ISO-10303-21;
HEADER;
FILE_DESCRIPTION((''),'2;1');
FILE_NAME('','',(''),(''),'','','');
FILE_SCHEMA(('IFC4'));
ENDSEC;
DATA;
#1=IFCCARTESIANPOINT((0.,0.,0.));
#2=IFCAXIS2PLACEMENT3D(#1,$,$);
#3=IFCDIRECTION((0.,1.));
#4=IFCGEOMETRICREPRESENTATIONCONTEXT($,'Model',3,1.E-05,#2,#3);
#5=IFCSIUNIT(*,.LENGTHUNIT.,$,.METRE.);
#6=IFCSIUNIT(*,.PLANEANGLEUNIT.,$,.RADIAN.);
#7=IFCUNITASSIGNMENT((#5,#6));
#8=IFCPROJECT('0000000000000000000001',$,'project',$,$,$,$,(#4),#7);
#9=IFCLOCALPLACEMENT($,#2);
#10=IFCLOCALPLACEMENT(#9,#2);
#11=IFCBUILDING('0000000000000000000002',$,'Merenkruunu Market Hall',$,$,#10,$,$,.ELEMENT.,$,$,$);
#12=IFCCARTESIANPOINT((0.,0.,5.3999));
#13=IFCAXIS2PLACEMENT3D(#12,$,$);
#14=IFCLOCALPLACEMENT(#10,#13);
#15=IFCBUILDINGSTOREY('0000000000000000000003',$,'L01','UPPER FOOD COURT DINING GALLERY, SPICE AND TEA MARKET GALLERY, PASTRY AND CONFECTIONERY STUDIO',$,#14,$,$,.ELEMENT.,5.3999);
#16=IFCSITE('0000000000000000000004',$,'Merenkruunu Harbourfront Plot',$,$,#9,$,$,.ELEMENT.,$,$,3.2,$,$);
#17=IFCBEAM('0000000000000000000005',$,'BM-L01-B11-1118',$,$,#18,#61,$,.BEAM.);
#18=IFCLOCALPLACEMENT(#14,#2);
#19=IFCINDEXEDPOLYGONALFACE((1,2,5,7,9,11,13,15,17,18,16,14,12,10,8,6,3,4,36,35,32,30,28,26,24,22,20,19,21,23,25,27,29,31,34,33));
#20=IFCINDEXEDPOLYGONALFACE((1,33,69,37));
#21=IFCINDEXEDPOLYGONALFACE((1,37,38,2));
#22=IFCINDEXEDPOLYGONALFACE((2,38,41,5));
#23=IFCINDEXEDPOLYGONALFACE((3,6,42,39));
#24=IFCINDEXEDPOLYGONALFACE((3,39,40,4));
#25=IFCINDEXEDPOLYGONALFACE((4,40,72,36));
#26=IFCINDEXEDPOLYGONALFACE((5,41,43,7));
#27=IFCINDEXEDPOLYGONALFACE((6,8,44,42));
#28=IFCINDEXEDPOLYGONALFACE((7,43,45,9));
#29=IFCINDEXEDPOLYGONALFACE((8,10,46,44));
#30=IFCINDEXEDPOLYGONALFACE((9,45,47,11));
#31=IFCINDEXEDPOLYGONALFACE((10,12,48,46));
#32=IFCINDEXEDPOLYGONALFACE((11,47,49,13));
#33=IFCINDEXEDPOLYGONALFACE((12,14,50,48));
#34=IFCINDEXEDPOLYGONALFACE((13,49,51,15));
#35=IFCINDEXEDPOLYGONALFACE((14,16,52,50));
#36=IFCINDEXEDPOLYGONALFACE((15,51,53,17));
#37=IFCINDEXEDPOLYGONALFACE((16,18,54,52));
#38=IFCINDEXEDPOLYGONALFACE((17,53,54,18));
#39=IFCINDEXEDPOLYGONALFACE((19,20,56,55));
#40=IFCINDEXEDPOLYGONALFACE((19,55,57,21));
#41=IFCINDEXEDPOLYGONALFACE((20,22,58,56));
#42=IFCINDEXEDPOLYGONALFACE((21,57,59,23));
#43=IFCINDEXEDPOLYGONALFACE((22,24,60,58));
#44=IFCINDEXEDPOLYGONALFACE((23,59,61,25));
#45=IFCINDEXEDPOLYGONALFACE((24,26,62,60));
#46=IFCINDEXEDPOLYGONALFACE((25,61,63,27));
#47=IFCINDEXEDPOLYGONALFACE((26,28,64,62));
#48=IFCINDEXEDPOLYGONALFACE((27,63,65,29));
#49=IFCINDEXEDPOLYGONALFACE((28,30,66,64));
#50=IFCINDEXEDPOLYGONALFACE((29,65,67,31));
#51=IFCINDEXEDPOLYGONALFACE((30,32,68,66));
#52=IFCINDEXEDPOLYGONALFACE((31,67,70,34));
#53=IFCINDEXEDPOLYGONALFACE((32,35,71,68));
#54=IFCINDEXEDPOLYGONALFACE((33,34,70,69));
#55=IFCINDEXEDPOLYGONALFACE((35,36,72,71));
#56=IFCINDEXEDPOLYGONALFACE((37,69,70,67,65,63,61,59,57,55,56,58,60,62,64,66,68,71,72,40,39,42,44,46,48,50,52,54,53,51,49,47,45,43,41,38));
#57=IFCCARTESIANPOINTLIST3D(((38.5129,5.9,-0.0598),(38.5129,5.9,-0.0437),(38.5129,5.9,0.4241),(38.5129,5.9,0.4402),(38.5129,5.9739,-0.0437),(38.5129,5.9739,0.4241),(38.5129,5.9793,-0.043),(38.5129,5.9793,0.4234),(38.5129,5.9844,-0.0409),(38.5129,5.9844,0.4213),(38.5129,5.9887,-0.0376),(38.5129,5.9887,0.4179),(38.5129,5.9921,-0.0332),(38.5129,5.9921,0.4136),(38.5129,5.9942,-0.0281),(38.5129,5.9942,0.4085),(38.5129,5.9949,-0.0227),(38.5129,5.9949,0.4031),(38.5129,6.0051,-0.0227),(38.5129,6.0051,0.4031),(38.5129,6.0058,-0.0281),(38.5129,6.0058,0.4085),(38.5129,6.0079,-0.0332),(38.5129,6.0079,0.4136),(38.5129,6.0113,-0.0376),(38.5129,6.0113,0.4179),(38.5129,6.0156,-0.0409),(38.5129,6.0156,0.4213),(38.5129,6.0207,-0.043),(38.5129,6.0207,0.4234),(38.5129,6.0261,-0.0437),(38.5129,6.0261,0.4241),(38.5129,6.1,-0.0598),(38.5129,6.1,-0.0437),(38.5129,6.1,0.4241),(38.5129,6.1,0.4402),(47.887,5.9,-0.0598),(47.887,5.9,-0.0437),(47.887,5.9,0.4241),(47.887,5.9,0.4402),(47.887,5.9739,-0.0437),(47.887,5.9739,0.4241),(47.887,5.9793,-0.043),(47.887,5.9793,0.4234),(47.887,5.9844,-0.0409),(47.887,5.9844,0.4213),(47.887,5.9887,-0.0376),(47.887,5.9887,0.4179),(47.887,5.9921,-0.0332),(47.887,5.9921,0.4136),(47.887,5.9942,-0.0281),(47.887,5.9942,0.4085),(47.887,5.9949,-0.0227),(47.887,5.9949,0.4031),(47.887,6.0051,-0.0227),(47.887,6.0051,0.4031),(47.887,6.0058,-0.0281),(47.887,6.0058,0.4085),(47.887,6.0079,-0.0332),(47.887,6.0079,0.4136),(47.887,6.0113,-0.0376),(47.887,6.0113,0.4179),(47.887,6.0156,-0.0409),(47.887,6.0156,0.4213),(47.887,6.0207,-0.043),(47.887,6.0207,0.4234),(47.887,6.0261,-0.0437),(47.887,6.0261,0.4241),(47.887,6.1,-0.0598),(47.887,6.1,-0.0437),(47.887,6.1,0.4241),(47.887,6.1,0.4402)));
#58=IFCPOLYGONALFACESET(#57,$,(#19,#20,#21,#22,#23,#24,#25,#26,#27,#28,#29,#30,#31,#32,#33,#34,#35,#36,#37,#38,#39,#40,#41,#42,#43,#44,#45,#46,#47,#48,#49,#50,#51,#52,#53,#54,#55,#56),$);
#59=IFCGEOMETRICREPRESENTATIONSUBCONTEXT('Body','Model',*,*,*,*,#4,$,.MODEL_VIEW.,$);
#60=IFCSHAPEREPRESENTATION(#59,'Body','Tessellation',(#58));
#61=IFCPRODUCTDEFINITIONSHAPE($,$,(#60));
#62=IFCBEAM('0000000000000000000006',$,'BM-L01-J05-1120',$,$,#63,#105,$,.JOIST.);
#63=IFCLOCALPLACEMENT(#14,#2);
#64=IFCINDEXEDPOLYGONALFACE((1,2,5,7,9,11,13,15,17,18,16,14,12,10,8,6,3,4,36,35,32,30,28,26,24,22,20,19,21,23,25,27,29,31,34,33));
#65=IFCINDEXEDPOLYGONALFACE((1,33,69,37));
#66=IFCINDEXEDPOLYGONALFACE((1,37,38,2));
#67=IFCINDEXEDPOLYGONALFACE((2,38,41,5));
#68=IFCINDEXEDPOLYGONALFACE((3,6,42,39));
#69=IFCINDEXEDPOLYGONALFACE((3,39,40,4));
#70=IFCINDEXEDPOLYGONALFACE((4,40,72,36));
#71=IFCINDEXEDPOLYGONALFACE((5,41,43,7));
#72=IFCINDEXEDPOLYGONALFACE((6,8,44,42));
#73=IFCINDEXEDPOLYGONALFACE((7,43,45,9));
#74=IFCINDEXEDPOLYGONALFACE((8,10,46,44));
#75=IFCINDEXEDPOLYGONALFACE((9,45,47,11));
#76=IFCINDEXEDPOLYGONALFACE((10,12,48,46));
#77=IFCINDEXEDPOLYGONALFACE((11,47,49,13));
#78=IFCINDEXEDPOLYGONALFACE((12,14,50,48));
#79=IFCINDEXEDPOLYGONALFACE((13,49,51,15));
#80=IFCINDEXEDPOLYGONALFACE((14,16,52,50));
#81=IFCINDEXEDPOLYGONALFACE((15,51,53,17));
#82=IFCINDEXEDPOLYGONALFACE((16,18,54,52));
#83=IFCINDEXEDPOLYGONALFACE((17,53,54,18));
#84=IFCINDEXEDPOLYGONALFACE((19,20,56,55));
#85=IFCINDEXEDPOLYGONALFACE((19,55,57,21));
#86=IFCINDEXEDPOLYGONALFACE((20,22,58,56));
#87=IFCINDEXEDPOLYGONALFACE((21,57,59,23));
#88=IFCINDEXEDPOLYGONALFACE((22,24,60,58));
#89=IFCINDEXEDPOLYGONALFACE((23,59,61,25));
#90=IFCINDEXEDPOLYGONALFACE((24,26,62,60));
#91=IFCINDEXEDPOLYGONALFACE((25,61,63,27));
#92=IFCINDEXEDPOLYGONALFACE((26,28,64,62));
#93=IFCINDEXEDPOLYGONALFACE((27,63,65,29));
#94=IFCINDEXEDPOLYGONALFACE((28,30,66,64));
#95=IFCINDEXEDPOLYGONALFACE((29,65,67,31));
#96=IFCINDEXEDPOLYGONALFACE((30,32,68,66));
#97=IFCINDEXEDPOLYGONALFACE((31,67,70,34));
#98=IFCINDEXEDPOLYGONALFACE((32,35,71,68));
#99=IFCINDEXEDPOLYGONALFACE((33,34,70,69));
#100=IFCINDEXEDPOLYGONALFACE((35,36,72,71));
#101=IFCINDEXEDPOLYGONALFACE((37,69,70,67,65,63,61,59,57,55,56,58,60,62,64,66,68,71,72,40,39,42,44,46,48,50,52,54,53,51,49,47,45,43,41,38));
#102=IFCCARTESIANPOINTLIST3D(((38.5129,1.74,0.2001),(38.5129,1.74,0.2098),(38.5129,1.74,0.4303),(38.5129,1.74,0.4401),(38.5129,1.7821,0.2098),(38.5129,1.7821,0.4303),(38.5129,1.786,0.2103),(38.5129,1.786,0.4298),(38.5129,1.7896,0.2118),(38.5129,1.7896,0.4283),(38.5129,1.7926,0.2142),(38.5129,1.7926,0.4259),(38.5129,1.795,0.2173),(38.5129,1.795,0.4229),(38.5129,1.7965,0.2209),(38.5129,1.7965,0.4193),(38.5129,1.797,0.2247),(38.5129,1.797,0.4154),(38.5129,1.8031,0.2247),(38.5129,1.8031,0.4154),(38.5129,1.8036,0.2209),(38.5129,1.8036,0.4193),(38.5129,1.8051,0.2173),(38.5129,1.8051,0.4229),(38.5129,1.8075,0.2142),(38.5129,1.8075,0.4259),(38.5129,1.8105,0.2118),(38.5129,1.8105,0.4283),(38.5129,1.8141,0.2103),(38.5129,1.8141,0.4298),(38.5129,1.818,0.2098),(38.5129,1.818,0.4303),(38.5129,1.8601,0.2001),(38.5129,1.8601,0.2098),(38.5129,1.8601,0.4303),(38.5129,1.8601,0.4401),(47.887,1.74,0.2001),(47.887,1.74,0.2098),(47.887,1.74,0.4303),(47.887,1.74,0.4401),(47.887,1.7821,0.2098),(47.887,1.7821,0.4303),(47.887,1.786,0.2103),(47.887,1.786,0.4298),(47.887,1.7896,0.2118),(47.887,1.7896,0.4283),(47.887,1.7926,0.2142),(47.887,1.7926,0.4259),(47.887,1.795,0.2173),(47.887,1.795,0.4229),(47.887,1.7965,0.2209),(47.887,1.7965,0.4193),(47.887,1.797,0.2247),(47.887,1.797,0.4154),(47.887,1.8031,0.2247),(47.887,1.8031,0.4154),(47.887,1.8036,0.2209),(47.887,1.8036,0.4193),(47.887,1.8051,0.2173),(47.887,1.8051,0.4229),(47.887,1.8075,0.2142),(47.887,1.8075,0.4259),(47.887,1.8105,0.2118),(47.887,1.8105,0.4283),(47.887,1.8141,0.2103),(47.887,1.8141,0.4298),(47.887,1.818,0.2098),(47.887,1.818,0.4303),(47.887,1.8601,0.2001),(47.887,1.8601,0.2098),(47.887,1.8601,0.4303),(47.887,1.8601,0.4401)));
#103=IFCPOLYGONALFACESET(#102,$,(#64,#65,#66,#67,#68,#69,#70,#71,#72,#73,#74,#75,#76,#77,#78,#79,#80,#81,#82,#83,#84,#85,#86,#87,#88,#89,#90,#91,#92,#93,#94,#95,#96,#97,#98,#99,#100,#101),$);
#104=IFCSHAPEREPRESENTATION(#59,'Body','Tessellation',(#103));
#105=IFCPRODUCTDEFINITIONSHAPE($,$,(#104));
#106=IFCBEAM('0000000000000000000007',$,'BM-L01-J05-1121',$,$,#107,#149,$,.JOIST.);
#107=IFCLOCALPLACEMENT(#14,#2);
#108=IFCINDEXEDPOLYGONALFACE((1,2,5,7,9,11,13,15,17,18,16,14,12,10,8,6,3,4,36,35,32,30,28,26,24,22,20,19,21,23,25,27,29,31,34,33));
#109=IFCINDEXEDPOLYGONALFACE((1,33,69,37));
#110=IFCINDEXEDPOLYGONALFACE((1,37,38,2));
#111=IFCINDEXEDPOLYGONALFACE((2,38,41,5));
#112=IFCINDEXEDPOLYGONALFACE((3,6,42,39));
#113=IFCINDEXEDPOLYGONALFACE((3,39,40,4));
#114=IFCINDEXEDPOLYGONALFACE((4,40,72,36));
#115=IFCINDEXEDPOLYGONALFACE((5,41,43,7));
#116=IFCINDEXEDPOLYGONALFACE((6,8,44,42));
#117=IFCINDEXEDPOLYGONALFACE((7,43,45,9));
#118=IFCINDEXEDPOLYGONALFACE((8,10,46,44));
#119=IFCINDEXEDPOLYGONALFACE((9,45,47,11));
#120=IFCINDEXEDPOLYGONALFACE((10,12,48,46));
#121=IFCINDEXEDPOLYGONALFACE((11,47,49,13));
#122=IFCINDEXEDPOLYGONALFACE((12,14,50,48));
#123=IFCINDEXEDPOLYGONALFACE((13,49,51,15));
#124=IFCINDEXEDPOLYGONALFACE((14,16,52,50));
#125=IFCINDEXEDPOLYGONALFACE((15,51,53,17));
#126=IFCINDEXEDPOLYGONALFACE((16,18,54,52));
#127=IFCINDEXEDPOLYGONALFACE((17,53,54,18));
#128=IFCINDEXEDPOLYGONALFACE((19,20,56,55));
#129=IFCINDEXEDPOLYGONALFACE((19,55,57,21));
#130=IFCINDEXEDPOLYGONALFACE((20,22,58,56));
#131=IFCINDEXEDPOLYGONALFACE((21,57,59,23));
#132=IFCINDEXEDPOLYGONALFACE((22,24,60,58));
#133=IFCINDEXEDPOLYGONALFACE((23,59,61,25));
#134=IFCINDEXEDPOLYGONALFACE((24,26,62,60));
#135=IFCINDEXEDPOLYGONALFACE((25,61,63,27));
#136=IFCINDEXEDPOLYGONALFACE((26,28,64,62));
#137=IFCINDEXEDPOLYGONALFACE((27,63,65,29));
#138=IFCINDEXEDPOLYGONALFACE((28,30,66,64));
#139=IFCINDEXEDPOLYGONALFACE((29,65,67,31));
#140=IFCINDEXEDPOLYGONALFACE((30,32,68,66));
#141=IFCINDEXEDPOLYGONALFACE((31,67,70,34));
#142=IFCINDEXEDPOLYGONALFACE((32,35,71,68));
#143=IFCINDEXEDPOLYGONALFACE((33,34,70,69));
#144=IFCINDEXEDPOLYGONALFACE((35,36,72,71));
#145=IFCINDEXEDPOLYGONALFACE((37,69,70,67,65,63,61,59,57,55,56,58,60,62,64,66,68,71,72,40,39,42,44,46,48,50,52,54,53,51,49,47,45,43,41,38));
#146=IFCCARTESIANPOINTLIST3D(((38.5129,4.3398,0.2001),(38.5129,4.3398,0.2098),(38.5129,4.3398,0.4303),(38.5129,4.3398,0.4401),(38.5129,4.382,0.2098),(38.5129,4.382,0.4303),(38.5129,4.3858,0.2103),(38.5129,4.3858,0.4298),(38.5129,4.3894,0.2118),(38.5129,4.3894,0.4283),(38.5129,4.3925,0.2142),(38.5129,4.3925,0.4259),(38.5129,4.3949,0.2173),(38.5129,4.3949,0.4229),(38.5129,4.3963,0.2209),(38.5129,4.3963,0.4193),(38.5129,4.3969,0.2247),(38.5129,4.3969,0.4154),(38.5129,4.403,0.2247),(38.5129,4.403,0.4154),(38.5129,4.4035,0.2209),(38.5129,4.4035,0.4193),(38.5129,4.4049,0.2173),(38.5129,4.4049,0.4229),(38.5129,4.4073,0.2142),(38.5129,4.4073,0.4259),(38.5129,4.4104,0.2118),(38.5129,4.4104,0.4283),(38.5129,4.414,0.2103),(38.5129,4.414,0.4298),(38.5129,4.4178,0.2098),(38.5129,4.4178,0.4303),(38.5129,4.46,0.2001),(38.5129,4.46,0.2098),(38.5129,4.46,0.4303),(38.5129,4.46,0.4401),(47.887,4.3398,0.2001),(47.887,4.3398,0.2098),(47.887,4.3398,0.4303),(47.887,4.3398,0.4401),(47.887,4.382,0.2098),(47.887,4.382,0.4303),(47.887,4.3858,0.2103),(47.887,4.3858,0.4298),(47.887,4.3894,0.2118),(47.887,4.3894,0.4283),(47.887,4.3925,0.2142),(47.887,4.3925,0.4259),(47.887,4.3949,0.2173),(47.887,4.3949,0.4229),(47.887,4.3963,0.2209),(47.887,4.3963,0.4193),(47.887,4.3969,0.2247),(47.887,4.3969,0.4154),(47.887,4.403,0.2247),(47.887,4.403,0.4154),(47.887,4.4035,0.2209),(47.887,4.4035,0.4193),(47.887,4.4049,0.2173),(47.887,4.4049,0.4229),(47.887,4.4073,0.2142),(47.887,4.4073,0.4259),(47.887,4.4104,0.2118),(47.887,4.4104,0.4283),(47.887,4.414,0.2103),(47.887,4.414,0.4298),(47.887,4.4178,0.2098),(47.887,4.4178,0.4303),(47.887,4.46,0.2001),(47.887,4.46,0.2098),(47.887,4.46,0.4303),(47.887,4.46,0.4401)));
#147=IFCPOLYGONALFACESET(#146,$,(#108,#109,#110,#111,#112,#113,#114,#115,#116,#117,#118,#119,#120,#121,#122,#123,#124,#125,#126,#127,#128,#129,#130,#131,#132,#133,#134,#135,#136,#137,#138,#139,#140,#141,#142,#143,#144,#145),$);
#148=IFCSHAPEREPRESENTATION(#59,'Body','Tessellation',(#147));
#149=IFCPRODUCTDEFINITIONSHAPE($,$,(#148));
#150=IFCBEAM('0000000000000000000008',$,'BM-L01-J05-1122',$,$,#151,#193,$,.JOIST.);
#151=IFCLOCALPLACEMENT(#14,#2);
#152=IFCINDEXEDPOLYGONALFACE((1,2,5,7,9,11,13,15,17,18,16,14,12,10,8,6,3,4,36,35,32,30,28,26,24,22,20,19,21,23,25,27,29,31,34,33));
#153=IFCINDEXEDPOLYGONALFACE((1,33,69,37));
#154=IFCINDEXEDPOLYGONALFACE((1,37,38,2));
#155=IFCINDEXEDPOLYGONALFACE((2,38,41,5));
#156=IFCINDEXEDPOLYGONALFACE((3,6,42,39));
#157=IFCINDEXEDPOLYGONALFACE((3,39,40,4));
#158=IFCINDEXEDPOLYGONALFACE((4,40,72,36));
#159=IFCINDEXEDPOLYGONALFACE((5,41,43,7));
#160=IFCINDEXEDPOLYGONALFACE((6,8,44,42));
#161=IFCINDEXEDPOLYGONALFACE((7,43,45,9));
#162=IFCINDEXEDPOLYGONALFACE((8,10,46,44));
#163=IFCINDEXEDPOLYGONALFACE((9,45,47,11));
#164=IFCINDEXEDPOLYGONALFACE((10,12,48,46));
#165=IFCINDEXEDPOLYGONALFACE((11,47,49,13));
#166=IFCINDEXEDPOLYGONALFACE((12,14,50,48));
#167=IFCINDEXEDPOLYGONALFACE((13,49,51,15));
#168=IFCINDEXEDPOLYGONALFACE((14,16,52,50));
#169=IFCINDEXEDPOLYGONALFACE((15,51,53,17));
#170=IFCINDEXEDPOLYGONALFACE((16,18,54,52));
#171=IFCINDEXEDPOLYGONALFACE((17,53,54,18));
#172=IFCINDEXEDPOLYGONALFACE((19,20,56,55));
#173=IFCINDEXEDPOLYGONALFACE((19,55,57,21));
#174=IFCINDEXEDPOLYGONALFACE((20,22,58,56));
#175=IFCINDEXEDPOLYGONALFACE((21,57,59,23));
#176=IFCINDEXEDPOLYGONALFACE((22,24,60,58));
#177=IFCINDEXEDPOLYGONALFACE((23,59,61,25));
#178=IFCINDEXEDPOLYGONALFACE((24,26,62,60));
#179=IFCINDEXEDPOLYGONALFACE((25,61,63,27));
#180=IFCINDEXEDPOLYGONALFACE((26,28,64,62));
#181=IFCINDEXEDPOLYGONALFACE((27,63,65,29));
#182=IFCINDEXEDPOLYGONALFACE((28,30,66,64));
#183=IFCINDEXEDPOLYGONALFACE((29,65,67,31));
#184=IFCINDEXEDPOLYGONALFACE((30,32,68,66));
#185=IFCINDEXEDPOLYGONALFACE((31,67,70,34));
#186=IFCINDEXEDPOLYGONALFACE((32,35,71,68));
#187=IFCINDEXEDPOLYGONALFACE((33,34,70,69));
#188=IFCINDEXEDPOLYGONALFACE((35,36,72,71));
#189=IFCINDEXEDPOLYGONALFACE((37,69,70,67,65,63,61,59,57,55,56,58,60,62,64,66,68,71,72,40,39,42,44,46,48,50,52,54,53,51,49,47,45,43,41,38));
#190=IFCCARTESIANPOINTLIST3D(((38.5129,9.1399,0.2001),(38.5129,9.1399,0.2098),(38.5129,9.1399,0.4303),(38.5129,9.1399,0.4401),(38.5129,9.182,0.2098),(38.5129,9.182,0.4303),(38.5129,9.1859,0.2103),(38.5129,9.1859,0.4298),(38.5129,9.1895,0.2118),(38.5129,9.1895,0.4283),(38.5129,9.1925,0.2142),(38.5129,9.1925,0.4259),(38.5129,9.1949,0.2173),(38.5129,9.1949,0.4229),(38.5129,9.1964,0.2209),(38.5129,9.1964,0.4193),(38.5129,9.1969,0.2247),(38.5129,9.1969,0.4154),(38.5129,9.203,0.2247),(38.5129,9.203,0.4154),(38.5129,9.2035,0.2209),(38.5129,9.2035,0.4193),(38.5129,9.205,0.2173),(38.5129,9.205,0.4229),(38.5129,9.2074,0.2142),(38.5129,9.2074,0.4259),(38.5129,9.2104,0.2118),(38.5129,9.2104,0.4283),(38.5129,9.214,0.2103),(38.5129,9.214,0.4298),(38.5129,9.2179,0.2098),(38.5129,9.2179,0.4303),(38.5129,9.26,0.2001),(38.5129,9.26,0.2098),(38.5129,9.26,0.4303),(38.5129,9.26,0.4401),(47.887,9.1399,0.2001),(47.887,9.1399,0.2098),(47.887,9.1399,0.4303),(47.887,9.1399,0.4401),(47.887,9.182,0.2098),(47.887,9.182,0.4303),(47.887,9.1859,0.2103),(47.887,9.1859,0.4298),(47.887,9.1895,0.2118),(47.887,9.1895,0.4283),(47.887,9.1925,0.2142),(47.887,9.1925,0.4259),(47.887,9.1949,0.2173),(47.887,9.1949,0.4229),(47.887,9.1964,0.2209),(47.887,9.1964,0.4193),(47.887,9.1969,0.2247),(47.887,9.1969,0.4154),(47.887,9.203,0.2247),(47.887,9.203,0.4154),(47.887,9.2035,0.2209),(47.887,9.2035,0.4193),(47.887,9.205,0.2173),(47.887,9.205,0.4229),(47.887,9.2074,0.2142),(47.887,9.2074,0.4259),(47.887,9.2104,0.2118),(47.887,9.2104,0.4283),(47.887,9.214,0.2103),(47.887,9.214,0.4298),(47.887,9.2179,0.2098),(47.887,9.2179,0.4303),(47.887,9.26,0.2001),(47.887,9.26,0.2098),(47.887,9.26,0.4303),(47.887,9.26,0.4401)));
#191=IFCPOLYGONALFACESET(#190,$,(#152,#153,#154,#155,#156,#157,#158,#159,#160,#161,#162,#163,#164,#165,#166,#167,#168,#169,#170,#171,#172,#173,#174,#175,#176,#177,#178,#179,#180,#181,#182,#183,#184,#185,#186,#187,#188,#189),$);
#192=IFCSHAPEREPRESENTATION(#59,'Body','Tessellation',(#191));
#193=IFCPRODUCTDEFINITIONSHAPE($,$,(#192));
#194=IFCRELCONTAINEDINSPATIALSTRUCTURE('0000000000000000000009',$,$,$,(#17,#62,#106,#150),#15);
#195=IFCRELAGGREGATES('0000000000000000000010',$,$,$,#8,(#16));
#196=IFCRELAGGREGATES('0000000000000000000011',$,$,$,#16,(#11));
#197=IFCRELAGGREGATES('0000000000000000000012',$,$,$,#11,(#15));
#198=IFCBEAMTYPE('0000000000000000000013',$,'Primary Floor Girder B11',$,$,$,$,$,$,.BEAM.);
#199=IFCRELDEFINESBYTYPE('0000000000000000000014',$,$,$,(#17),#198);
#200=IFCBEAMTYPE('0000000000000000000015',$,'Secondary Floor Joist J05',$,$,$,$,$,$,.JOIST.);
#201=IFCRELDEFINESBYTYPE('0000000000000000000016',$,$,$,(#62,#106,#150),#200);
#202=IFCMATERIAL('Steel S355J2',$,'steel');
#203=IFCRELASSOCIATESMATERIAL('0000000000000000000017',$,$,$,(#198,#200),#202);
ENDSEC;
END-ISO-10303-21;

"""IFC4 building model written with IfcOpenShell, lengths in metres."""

from ifc_helpers import new_model, si_unit, direction, frame, origin, origin_2d, place, context, subcontext, project, spatial, i_section, extrude, material, material_profile, profile_set, type_object, element, save


model = new_model("IFC4")

# Units and contexts
model_context = context("Model", 3, precision=1e-05, world=origin(), true_north=direction((0.0, 1.0)))
body_context = subcontext(model_context, "Body", "Model", "MODEL_VIEW")
ifc_project = project(units=[si_unit("LENGTHUNIT", "METRE"), si_unit("PLANEANGLEUNIT", "RADIAN")], contexts=[model_context])

# Site, building, storey
site_placement = place(None, origin())
site = spatial("IfcSite", under=ifc_project, at=site_placement, Name="Merenkruunu Harbourfront Plot", CompositionType="ELEMENT", RefElevation=3.2)
building_placement = place(site_placement, origin())
building = spatial("IfcBuilding", under=site, at=building_placement, Name="Merenkruunu Market Hall", CompositionType="ELEMENT")
storey_placement = place(building_placement, frame((0.0, 0.0, 5.3999)))
storey = spatial("IfcBuildingStorey", under=building, at=storey_placement, Name="L01", Description="UPPER FOOD COURT DINING GALLERY, SPICE AND TEA MARKET GALLERY, PASTRY AND CONFECTIONERY STUDIO", CompositionType="ELEMENT", Elevation=5.3999)

# Shared definitions
ifc_material_1 = material(Name="Steel S355J2", Category="steel")

# Beams
ifc_material_profile_1 = material_profile(ifc_material_1, i_section(OverallWidth=0.2, OverallDepth=0.5, WebThickness=0.0103, FlangeThickness=0.0161, FilletRadius=0.021, at=origin_2d()), Name="IPE 500")
ifc_profile_set_1 = profile_set([ifc_material_profile_1], Name="Steel S355J2")
beam_type_1 = type_object("IfcBeamType", Name="Primary Floor Girder B11", PredefinedType="BEAM", material=ifc_profile_set_1)
beam_1_placement = place(storey_placement, frame((38.5129, 6.0, 0.1902), z_axis=(1.0, 0.0, 0.0), x_axis=(0.0, 1.0, 0.0)))
element("IfcBeam", 1, at=beam_1_placement, inside=storey, type_object=beam_type_1, Name="BM-L01-B11-1118", PredefinedType="BEAM", context=body_context, shape_type="SweptSolid", body=[
    extrude(i_section(OverallWidth=0.2, OverallDepth=0.5, WebThickness=0.0103, FlangeThickness=0.0161, FilletRadius=0.021, at=origin_2d()), origin(), (0.0, 0.0, 1.0), 9.374),
])
ifc_material_profile_2 = material_profile(ifc_material_1, i_section(OverallWidth=0.1201, OverallDepth=0.24, WebThickness=0.0061, FlangeThickness=0.0098, FilletRadius=0.0149, at=origin_2d()), Name="IPE 240")
ifc_profile_set_2 = profile_set([ifc_material_profile_2], Name="Steel S355J2")
beam_type_2 = type_object("IfcBeamType", Name="Secondary Floor Joist J05", PredefinedType="JOIST", material=ifc_profile_set_2)
for number, where, z_axis, x_axis, name in (
    (2, (38.5129, 1.8, 0.3201), (1.0, 0.0, 0.0), (0.0, 1.0, 0.0), "BM-L01-J05-1120"),
    (3, (38.5129, 4.3999, 0.3201), (1.0, 0.0, 0.0), (0.0, 1.0, 0.0), "BM-L01-J05-1121"),
    (4, (38.5129, 9.2, 0.3201), (1.0, 0.0, 0.0), (0.0, 1.0, 0.0), "BM-L01-J05-1122"),
):
    element("IfcBeam", number, at=place(storey_placement, frame(where, z_axis=z_axis, x_axis=x_axis)), inside=storey, type_object=beam_type_2, Name=name, PredefinedType="JOIST", context=body_context, shape_type="SweptSolid", body=[
        extrude(i_section(OverallWidth=0.1201, OverallDepth=0.24, WebThickness=0.0061, FlangeThickness=0.0098, FilletRadius=0.0149, at=origin_2d()), origin(), (0.0, 0.0, 1.0), 9.374),
    ])

save(model, "model.ifc")
